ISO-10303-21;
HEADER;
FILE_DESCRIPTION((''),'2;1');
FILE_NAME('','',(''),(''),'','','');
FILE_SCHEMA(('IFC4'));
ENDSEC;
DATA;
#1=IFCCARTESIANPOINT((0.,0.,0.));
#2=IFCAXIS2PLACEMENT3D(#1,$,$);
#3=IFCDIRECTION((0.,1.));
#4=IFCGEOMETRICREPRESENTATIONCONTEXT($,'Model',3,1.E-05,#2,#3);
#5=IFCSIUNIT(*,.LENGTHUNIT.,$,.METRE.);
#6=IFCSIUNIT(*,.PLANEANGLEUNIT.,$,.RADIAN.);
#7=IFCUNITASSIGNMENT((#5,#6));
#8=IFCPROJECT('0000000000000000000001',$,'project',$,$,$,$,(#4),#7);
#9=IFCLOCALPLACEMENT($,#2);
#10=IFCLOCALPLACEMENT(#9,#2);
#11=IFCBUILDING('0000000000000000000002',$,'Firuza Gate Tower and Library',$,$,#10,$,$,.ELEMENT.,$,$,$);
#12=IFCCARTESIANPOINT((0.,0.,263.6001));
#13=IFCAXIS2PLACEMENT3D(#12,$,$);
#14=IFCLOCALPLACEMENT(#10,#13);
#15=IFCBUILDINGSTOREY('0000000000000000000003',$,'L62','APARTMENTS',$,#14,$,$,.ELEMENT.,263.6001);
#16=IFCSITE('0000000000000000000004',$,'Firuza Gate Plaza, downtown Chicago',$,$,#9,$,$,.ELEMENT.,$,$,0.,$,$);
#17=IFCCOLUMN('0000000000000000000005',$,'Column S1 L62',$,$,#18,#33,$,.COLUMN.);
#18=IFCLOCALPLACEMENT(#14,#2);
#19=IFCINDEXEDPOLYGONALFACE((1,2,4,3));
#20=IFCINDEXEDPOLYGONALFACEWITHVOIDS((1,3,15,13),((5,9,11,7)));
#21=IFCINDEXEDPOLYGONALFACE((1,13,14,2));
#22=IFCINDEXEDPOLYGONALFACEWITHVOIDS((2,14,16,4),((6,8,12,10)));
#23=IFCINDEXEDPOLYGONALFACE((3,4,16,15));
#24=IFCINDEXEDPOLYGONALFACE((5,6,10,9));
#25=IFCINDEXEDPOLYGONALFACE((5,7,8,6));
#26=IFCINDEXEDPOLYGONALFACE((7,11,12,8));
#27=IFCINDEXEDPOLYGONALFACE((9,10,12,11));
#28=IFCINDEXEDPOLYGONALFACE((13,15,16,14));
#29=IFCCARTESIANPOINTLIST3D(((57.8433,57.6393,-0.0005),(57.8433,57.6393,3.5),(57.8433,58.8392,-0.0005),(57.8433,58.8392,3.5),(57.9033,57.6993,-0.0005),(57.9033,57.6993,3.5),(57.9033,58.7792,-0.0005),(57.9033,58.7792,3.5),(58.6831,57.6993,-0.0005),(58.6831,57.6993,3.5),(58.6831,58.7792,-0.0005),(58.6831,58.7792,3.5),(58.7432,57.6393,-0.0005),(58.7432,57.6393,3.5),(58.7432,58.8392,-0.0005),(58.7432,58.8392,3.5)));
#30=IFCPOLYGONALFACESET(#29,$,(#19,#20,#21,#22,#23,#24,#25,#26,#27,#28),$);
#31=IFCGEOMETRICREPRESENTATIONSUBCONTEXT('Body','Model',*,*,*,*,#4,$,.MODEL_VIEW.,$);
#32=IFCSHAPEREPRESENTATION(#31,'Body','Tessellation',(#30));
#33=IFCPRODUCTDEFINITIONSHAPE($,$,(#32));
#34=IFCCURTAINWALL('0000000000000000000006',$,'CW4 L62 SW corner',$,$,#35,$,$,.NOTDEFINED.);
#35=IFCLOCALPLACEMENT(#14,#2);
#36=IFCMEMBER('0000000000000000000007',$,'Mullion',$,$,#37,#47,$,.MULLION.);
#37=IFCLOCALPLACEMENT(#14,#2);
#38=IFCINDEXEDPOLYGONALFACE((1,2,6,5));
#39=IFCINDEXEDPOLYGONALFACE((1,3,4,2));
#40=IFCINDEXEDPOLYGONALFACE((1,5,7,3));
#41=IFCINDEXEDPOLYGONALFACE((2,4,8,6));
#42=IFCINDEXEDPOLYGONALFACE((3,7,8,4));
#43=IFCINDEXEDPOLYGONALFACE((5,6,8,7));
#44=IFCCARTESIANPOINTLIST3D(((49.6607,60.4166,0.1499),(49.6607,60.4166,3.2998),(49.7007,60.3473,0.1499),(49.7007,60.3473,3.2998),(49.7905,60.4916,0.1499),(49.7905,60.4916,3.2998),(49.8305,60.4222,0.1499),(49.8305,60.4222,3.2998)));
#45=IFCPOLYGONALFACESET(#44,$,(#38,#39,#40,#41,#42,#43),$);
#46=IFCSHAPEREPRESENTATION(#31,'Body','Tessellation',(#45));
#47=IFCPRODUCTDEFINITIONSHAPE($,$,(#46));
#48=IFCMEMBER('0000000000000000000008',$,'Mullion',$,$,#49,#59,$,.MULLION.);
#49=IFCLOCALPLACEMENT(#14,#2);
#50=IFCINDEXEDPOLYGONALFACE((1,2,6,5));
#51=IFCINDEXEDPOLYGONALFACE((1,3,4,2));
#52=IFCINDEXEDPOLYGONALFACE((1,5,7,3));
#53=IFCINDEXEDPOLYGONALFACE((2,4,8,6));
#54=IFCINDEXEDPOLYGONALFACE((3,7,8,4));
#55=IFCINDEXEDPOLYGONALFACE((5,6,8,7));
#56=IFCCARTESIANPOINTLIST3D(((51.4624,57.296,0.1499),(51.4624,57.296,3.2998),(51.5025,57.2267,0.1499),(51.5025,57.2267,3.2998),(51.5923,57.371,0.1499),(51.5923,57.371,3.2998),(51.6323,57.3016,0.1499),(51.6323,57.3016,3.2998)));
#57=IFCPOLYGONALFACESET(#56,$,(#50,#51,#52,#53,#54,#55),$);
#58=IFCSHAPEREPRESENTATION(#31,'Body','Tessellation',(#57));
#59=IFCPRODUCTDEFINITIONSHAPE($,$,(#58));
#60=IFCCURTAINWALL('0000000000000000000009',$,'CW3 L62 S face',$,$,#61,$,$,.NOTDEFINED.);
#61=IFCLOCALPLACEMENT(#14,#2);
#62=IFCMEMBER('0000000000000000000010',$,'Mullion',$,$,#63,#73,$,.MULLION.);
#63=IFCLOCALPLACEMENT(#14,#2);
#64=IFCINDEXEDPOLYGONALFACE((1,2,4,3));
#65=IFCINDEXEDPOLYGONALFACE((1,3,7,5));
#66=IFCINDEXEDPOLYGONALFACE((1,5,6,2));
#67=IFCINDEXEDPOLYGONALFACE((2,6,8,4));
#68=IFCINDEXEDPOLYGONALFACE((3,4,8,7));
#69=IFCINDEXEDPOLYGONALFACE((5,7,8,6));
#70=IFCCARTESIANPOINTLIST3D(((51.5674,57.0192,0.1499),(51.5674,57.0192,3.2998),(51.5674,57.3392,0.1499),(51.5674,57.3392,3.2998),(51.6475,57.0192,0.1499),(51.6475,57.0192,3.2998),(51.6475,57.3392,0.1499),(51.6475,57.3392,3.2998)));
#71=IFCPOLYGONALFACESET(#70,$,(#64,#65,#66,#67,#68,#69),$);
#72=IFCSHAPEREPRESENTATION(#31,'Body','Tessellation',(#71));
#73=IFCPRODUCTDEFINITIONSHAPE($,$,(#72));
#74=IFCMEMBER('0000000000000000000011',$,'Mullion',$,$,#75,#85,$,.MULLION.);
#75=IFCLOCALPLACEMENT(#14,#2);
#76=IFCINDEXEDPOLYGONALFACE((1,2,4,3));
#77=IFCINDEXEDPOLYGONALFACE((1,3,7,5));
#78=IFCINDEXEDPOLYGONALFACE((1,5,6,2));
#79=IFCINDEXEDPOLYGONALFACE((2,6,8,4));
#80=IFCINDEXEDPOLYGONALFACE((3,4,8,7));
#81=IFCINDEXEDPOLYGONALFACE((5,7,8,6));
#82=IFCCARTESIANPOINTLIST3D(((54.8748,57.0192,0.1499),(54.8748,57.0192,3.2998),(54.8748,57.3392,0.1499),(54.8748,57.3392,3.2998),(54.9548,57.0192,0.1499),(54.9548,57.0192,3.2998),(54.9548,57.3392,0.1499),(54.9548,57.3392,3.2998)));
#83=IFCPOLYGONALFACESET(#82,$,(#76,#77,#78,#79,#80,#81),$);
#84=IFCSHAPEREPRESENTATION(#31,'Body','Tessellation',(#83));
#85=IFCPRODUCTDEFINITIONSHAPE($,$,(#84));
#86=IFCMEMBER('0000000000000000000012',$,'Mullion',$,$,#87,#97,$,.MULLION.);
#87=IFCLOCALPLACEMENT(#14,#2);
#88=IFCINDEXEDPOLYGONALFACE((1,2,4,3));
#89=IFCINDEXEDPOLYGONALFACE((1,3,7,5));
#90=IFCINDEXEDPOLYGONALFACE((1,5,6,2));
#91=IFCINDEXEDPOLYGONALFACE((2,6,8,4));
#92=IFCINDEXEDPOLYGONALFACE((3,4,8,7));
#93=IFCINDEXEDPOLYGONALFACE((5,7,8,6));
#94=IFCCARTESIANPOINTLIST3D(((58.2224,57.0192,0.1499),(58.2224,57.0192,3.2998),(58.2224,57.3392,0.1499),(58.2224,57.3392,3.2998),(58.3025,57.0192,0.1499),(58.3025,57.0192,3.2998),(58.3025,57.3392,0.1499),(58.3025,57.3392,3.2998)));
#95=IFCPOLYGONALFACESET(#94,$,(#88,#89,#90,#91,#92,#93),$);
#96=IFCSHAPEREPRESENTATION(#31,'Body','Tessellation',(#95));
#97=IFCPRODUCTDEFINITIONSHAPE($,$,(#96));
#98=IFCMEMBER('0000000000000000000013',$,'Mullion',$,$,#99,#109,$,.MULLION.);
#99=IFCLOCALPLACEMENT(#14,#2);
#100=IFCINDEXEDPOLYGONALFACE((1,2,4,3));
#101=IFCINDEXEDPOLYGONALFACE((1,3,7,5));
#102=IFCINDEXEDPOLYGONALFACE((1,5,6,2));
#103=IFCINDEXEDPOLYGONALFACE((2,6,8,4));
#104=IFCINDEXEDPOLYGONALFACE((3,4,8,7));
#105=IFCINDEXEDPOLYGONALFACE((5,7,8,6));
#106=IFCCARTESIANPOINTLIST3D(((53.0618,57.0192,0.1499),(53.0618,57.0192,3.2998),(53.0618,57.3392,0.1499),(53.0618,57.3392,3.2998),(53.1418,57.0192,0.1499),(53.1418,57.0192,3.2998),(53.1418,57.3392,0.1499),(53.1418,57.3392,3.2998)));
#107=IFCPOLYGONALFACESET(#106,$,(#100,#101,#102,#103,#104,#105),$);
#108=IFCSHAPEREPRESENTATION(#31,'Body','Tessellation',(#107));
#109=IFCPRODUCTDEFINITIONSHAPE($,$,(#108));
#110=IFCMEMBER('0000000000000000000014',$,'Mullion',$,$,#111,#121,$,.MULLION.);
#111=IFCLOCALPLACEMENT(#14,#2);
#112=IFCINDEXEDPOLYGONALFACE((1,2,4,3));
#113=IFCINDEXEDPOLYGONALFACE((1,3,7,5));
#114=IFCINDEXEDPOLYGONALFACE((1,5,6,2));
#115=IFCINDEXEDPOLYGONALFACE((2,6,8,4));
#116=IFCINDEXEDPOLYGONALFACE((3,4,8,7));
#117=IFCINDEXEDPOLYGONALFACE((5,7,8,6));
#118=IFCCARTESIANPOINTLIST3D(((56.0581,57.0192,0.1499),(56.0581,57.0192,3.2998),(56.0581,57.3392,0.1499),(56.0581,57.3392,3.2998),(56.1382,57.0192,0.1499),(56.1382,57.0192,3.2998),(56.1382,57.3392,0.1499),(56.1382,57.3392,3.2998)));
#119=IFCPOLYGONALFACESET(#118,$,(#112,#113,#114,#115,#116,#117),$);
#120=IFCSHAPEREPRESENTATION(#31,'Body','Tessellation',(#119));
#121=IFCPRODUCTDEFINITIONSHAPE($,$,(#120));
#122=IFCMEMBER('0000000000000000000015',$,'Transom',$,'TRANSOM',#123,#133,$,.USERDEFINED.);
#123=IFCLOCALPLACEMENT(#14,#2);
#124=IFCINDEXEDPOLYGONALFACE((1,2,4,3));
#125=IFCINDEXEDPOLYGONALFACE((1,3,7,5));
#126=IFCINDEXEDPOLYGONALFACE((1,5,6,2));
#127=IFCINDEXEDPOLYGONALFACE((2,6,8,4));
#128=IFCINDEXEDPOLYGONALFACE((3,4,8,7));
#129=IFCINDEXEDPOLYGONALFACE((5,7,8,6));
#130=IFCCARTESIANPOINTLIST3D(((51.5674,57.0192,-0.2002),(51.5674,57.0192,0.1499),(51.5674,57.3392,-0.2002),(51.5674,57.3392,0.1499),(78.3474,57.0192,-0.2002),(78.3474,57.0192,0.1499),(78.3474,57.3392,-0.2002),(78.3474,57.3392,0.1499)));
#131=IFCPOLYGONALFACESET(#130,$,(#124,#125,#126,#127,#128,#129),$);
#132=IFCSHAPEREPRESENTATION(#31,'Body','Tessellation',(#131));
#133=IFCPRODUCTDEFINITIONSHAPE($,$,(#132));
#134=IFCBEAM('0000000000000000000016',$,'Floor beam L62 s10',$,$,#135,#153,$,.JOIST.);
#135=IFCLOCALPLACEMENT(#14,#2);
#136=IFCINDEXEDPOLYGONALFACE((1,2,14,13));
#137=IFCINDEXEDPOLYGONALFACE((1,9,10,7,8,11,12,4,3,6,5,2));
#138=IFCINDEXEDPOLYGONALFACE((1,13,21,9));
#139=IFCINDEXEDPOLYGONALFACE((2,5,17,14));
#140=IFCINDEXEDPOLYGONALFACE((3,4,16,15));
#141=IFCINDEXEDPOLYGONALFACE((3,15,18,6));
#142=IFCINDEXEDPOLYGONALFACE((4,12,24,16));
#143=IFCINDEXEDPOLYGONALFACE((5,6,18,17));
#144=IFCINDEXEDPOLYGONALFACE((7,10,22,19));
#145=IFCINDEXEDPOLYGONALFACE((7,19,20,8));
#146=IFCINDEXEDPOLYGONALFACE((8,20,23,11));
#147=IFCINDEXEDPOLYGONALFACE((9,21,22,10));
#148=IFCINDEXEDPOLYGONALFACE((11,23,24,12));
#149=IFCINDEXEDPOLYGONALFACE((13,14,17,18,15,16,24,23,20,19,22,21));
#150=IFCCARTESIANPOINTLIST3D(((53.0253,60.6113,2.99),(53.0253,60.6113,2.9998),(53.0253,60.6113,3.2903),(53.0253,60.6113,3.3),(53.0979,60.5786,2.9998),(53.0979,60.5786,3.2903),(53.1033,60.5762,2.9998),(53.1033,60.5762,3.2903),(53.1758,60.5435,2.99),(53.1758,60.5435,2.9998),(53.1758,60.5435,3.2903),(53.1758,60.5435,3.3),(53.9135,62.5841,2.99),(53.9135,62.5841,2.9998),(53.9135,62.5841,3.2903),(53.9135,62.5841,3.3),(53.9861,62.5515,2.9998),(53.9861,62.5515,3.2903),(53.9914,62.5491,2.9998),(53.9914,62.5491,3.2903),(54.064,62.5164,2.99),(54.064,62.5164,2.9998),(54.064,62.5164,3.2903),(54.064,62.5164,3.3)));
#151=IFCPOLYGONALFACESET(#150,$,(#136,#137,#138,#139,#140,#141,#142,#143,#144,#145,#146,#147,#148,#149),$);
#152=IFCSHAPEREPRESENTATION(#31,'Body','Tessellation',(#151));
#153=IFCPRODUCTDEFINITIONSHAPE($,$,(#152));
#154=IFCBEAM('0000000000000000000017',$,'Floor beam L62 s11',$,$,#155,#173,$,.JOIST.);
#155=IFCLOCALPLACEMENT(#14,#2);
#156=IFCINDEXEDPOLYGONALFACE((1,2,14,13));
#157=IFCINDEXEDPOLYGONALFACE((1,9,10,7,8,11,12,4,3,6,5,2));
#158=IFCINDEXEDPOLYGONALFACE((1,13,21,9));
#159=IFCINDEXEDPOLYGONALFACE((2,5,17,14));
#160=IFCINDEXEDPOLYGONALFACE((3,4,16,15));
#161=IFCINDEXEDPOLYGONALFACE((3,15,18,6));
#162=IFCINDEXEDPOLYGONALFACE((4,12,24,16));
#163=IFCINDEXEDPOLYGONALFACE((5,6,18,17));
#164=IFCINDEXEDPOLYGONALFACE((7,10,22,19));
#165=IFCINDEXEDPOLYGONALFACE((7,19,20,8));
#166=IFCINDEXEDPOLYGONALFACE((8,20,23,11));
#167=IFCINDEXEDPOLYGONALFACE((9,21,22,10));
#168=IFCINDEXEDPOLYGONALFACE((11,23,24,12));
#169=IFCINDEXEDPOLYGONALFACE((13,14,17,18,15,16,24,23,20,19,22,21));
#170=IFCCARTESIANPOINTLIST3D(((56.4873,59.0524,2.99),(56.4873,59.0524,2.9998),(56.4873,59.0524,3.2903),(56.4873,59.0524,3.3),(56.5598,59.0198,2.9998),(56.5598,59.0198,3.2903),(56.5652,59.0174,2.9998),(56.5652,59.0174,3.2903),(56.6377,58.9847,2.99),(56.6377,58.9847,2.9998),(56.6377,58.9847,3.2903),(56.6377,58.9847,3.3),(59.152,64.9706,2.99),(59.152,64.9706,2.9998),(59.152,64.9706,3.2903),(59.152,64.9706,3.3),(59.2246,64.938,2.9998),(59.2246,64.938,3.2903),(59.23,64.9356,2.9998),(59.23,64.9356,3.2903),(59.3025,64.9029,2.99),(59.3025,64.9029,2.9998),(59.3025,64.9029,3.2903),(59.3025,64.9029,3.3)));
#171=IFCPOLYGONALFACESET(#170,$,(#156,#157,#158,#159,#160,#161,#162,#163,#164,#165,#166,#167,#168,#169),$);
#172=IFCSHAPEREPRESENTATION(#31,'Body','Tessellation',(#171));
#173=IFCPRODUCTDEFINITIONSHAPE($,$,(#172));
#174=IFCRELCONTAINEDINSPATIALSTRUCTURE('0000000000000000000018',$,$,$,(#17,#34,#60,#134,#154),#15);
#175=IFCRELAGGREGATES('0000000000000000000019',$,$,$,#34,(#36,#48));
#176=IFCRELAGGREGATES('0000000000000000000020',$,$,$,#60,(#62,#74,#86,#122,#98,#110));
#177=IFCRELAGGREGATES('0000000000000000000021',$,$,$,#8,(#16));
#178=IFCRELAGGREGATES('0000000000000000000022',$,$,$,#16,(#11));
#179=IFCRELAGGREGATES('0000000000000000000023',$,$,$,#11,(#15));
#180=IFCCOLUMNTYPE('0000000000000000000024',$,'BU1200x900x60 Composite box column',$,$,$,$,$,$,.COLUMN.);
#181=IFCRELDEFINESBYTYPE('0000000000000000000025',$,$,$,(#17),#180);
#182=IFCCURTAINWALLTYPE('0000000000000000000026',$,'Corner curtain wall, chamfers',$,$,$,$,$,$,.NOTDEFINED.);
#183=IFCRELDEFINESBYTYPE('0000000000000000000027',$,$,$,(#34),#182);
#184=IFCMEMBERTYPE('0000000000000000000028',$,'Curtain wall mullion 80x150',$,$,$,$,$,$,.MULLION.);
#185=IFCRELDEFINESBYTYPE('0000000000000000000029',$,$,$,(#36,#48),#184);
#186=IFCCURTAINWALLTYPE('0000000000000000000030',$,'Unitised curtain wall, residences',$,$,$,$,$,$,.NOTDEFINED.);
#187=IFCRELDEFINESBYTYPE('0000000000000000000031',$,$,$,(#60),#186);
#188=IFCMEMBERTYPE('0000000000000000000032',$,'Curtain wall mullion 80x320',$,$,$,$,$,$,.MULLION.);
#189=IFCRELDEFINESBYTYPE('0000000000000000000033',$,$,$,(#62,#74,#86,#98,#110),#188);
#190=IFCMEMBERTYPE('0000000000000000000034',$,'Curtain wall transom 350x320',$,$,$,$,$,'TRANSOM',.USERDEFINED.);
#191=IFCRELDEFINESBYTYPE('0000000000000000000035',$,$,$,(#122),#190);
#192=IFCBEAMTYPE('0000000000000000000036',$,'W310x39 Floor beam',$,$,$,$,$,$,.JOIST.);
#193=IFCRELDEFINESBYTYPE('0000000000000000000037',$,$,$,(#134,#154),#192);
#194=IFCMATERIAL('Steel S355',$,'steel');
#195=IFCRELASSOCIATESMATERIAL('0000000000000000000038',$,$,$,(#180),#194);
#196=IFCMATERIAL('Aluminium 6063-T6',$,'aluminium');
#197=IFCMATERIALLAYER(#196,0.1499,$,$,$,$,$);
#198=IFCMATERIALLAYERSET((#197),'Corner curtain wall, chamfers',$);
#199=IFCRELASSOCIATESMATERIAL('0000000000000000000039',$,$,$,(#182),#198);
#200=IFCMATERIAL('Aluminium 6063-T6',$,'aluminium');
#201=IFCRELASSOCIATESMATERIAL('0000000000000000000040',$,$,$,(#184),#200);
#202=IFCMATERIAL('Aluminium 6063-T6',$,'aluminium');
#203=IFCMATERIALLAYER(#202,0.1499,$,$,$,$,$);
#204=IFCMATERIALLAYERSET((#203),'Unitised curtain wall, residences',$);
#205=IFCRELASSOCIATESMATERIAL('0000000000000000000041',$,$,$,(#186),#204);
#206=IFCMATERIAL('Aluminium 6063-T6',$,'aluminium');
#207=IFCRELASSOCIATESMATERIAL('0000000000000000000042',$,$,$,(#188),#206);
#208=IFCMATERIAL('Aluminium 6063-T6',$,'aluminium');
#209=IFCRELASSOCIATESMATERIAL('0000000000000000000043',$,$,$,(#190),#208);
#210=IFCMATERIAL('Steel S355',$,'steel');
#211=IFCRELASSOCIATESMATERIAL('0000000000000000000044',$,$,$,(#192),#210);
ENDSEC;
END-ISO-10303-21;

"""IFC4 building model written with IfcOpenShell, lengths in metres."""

from ifc_helpers import new_model, si_unit, direction, frame, origin, origin_2d, place, context, subcontext, project, spatial, rectangle, hollow_rectangle, i_section, extrude, material, layer, layer_set, material_profile, profile_set, type_object, element, aggregate, save


model = new_model("IFC4")

# Units and contexts
model_context = context("Model", 3, precision=1e-05, world=origin(), true_north=direction((0.0, 1.0)))
body_context = subcontext(model_context, "Body", "Model", "MODEL_VIEW")
ifc_project = project(units=[si_unit("LENGTHUNIT", "METRE"), si_unit("PLANEANGLEUNIT", "RADIAN")], contexts=[model_context])

# Site, building, storey
site_placement = place(None, origin())
site = spatial("IfcSite", under=ifc_project, at=site_placement, Name="Firuza Gate Plaza, downtown Chicago", CompositionType="ELEMENT", RefElevation=0.0)
building_placement = place(site_placement, origin())
building = spatial("IfcBuilding", under=site, at=building_placement, Name="Firuza Gate Tower and Library", CompositionType="ELEMENT")
storey_placement = place(building_placement, frame((0.0, 0.0, 263.6001)))
storey = spatial("IfcBuildingStorey", under=building, at=storey_placement, Name="L62", Description="APARTMENTS", CompositionType="ELEMENT", Elevation=263.6001)

# Column
ifc_material_1 = material(Name="Steel S355", Category="steel")
ifc_material_profile_1 = material_profile(ifc_material_1, hollow_rectangle(XDim=0.8999, YDim=1.2, WallThickness=0.0601, at=origin_2d()))
ifc_profile_set_1 = profile_set([ifc_material_profile_1], Name="Steel S355")
column_type = type_object("IfcColumnType", Name="BU1200x900x60 Composite box column", PredefinedType="COLUMN", material=ifc_profile_set_1)
column_placement = place(storey_placement, frame((58.2932, 58.2393, -0.0005), z_axis=(0.0, 0.0, 1.0), x_axis=(1.0, 0.0, 0.0)))
element("IfcColumn", 1, at=column_placement, inside=storey, type_object=column_type, Name="Column S1 L62", PredefinedType="COLUMN", context=body_context, shape_type="SweptSolid", body=[
    extrude(hollow_rectangle(XDim=0.8999, YDim=1.2, WallThickness=0.0601, at=origin_2d()), origin(), (0.0, 0.0, 1.0), 3.5005),
])

# Curtain walls, members
ifc_material_2 = material(Name="Aluminium 6063-T6", Category="aluminium")
ifc_layer_1 = layer(ifc_material_2, 0.1499)
ifc_layer_set_1 = layer_set([ifc_layer_1], Name="Corner curtain wall, chamfers")
curtain_wall_type_1 = type_object("IfcCurtainWallType", Name="Corner curtain wall, chamfers", PredefinedType="NOTDEFINED", material=ifc_layer_set_1)
placement_1 = place(storey_placement, origin())
curtain_wall_1 = element("IfcCurtainWall", 2, at=placement_1, inside=storey, type_object=curtain_wall_type_1, Name="CW4 L62 SW corner", PredefinedType="NOTDEFINED")
ifc_material_3 = material(Name="Aluminium 6063-T6", Category="aluminium")
ifc_material_profile_2 = material_profile(ifc_material_3, rectangle(XDim=0.1499, YDim=0.0801, at=origin_2d()))
ifc_profile_set_2 = profile_set([ifc_material_profile_2], Name="Aluminium 6063-T6")
member_type_1 = type_object("IfcMemberType", Name="Curtain wall mullion 80x150", PredefinedType="MULLION", material=ifc_profile_set_2)
member_1_placement = place(storey_placement, frame((49.7456, 60.4194, 0.1499), z_axis=(0.0, 0.0, 1.0), x_axis=(0.866025, 0.5, 0.0)))
member_1 = element("IfcMember", 3, at=member_1_placement, type_object=member_type_1, Name="Mullion", PredefinedType="MULLION", context=body_context, shape_type="SweptSolid", body=[
    extrude(rectangle(XDim=0.1499, YDim=0.0801, at=origin_2d()), origin(), (0.0, 0.0, 1.0), 3.1499),
])
member_2_placement = place(storey_placement, frame((51.5474, 57.2988, 0.1499), z_axis=(0.0, 0.0, 1.0), x_axis=(0.866025, 0.5, 0.0)))
member_2 = element("IfcMember", 4, at=member_2_placement, type_object=member_type_1, Name="Mullion", PredefinedType="MULLION", context=body_context, shape_type="SweptSolid", body=[
    extrude(rectangle(XDim=0.1499, YDim=0.0801, at=origin_2d()), origin(), (0.0, 0.0, 1.0), 3.1499),
])
ifc_material_4 = material(Name="Aluminium 6063-T6", Category="aluminium")
ifc_layer_2 = layer(ifc_material_4, 0.1499)
ifc_layer_set_2 = layer_set([ifc_layer_2], Name="Unitised curtain wall, residences")
curtain_wall_type_2 = type_object("IfcCurtainWallType", Name="Unitised curtain wall, residences", PredefinedType="NOTDEFINED", material=ifc_layer_set_2)
curtain_wall_2 = element("IfcCurtainWall", 5, at=placement_1, inside=storey, type_object=curtain_wall_type_2, Name="CW3 L62 S face", PredefinedType="NOTDEFINED")
ifc_material_5 = material(Name="Aluminium 6063-T6", Category="aluminium")
ifc_material_profile_3 = material_profile(ifc_material_5, rectangle(XDim=0.3201, YDim=0.0801, at=origin_2d()))
ifc_profile_set_3 = profile_set([ifc_material_profile_3], Name="Aluminium 6063-T6")
member_type_2 = type_object("IfcMemberType", Name="Curtain wall mullion 80x320", PredefinedType="MULLION", material=ifc_profile_set_3)
member_3_placement = place(storey_placement, frame((51.6074, 57.1792, 0.1499), z_axis=(0.0, 0.0, 1.0), x_axis=(0.0, 1.0, 0.0)))
member_3 = element("IfcMember", 6, at=member_3_placement, type_object=member_type_2, Name="Mullion", PredefinedType="MULLION", context=body_context, shape_type="SweptSolid", body=[
    extrude(rectangle(XDim=0.3201, YDim=0.0801, at=origin_2d()), origin(), (0.0, 0.0, 1.0), 3.1499),
])
member_4_placement = place(storey_placement, frame((54.9148, 57.1792, 0.1499), z_axis=(0.0, 0.0, 1.0), x_axis=(0.0, 1.0, 0.0)))
member_4 = element("IfcMember", 7, at=member_4_placement, type_object=member_type_2, Name="Mullion", PredefinedType="MULLION", context=body_context, shape_type="SweptSolid", body=[
    extrude(rectangle(XDim=0.3201, YDim=0.0801, at=origin_2d()), origin(), (0.0, 0.0, 1.0), 3.1499),
])
member_5_placement = place(storey_placement, frame((58.2625, 57.1792, 0.1499), z_axis=(0.0, 0.0, 1.0), x_axis=(0.0, 1.0, 0.0)))
member_5 = element("IfcMember", 8, at=member_5_placement, type_object=member_type_2, Name="Mullion", PredefinedType="MULLION", context=body_context, shape_type="SweptSolid", body=[
    extrude(rectangle(XDim=0.3201, YDim=0.0801, at=origin_2d()), origin(), (0.0, 0.0, 1.0), 3.1499),
])
member_6_placement = place(storey_placement, frame((53.1018, 57.1792, 0.1499), z_axis=(0.0, 0.0, 1.0), x_axis=(0.0, 1.0, 0.0)))
member_6 = element("IfcMember", 9, at=member_6_placement, type_object=member_type_2, Name="Mullion", PredefinedType="MULLION", context=body_context, shape_type="SweptSolid", body=[
    extrude(rectangle(XDim=0.3201, YDim=0.0801, at=origin_2d()), origin(), (0.0, 0.0, 1.0), 3.1499),
])
member_7_placement = place(storey_placement, frame((56.0981, 57.1792, 0.1499), z_axis=(0.0, 0.0, 1.0), x_axis=(0.0, 1.0, 0.0)))
member_7 = element("IfcMember", 10, at=member_7_placement, type_object=member_type_2, Name="Mullion", PredefinedType="MULLION", context=body_context, shape_type="SweptSolid", body=[
    extrude(rectangle(XDim=0.3201, YDim=0.0801, at=origin_2d()), origin(), (0.0, 0.0, 1.0), 3.1499),
])
ifc_material_6 = material(Name="Aluminium 6063-T6", Category="aluminium")
ifc_material_profile_4 = material_profile(ifc_material_6, rectangle(XDim=0.3201, YDim=0.3501, at=origin_2d()))
ifc_profile_set_4 = profile_set([ifc_material_profile_4], Name="Aluminium 6063-T6")
member_type_3 = type_object("IfcMemberType", Name="Curtain wall transom 350x320", ElementType="TRANSOM", PredefinedType="USERDEFINED", material=ifc_profile_set_4)
member_8_placement = place(storey_placement, frame((51.5674, 57.1792, -0.0251), z_axis=(1.0, 0.0, 0.0), x_axis=(0.0, 1.0, 0.0)))
member_8 = element("IfcMember", 11, at=member_8_placement, type_object=member_type_3, Name="Transom", ObjectType="TRANSOM", PredefinedType="USERDEFINED", context=body_context, shape_type="SweptSolid", body=[
    extrude(rectangle(XDim=0.3201, YDim=0.3501, at=origin_2d()), origin(), (0.0, 0.0, 1.0), 26.78),
])

# Beams
ifc_material_7 = material(Name="Steel S355", Category="steel")
ifc_material_profile_5 = material_profile(ifc_material_7, i_section(OverallWidth=0.165, OverallDepth=0.3101, WebThickness=0.0059, FlangeThickness=0.0098, at=origin_2d()))
ifc_profile_set_5 = profile_set([ifc_material_profile_5], Name="Steel S355")
beam_type_1 = type_object("IfcBeamType", Name="W310x39 Floor beam", PredefinedType="JOIST", material=ifc_profile_set_5)
beam_1_placement = place(storey_placement, frame((53.1006, 60.5774, 3.145), z_axis=(0.41051, 0.911856, 0.0), x_axis=(-0.911856, 0.41051, 0.0)))
element("IfcBeam", 12, at=beam_1_placement, inside=storey, type_object=beam_type_1, Name="Floor beam L62 s10", PredefinedType="JOIST", context=body_context, shape_type="SweptSolid", body=[
    extrude(i_section(OverallWidth=0.165, OverallDepth=0.3101, WebThickness=0.0059, FlangeThickness=0.0098, at=origin_2d()), origin(), (0.0, 0.0, 1.0), 2.1636),
])
beam_2_placement = place(storey_placement, frame((56.5625, 59.0186, 3.145), z_axis=(0.41057, 0.911829, 0.0), x_axis=(-0.911829, 0.41057, 0.0)))
element("IfcBeam", 13, at=beam_2_placement, inside=storey, type_object=beam_type_1, Name="Floor beam L62 s11", PredefinedType="JOIST", context=body_context, shape_type="SweptSolid", body=[
    extrude(i_section(OverallWidth=0.165, OverallDepth=0.3101, WebThickness=0.0059, FlangeThickness=0.0098, at=origin_2d()), origin(), (0.0, 0.0, 1.0), 6.4905),
])

aggregate(curtain_wall_1, [member_1, member_2])
aggregate(curtain_wall_2, [member_3, member_4, member_5, member_8, member_6, member_7])

save(model, "model.ifc")
